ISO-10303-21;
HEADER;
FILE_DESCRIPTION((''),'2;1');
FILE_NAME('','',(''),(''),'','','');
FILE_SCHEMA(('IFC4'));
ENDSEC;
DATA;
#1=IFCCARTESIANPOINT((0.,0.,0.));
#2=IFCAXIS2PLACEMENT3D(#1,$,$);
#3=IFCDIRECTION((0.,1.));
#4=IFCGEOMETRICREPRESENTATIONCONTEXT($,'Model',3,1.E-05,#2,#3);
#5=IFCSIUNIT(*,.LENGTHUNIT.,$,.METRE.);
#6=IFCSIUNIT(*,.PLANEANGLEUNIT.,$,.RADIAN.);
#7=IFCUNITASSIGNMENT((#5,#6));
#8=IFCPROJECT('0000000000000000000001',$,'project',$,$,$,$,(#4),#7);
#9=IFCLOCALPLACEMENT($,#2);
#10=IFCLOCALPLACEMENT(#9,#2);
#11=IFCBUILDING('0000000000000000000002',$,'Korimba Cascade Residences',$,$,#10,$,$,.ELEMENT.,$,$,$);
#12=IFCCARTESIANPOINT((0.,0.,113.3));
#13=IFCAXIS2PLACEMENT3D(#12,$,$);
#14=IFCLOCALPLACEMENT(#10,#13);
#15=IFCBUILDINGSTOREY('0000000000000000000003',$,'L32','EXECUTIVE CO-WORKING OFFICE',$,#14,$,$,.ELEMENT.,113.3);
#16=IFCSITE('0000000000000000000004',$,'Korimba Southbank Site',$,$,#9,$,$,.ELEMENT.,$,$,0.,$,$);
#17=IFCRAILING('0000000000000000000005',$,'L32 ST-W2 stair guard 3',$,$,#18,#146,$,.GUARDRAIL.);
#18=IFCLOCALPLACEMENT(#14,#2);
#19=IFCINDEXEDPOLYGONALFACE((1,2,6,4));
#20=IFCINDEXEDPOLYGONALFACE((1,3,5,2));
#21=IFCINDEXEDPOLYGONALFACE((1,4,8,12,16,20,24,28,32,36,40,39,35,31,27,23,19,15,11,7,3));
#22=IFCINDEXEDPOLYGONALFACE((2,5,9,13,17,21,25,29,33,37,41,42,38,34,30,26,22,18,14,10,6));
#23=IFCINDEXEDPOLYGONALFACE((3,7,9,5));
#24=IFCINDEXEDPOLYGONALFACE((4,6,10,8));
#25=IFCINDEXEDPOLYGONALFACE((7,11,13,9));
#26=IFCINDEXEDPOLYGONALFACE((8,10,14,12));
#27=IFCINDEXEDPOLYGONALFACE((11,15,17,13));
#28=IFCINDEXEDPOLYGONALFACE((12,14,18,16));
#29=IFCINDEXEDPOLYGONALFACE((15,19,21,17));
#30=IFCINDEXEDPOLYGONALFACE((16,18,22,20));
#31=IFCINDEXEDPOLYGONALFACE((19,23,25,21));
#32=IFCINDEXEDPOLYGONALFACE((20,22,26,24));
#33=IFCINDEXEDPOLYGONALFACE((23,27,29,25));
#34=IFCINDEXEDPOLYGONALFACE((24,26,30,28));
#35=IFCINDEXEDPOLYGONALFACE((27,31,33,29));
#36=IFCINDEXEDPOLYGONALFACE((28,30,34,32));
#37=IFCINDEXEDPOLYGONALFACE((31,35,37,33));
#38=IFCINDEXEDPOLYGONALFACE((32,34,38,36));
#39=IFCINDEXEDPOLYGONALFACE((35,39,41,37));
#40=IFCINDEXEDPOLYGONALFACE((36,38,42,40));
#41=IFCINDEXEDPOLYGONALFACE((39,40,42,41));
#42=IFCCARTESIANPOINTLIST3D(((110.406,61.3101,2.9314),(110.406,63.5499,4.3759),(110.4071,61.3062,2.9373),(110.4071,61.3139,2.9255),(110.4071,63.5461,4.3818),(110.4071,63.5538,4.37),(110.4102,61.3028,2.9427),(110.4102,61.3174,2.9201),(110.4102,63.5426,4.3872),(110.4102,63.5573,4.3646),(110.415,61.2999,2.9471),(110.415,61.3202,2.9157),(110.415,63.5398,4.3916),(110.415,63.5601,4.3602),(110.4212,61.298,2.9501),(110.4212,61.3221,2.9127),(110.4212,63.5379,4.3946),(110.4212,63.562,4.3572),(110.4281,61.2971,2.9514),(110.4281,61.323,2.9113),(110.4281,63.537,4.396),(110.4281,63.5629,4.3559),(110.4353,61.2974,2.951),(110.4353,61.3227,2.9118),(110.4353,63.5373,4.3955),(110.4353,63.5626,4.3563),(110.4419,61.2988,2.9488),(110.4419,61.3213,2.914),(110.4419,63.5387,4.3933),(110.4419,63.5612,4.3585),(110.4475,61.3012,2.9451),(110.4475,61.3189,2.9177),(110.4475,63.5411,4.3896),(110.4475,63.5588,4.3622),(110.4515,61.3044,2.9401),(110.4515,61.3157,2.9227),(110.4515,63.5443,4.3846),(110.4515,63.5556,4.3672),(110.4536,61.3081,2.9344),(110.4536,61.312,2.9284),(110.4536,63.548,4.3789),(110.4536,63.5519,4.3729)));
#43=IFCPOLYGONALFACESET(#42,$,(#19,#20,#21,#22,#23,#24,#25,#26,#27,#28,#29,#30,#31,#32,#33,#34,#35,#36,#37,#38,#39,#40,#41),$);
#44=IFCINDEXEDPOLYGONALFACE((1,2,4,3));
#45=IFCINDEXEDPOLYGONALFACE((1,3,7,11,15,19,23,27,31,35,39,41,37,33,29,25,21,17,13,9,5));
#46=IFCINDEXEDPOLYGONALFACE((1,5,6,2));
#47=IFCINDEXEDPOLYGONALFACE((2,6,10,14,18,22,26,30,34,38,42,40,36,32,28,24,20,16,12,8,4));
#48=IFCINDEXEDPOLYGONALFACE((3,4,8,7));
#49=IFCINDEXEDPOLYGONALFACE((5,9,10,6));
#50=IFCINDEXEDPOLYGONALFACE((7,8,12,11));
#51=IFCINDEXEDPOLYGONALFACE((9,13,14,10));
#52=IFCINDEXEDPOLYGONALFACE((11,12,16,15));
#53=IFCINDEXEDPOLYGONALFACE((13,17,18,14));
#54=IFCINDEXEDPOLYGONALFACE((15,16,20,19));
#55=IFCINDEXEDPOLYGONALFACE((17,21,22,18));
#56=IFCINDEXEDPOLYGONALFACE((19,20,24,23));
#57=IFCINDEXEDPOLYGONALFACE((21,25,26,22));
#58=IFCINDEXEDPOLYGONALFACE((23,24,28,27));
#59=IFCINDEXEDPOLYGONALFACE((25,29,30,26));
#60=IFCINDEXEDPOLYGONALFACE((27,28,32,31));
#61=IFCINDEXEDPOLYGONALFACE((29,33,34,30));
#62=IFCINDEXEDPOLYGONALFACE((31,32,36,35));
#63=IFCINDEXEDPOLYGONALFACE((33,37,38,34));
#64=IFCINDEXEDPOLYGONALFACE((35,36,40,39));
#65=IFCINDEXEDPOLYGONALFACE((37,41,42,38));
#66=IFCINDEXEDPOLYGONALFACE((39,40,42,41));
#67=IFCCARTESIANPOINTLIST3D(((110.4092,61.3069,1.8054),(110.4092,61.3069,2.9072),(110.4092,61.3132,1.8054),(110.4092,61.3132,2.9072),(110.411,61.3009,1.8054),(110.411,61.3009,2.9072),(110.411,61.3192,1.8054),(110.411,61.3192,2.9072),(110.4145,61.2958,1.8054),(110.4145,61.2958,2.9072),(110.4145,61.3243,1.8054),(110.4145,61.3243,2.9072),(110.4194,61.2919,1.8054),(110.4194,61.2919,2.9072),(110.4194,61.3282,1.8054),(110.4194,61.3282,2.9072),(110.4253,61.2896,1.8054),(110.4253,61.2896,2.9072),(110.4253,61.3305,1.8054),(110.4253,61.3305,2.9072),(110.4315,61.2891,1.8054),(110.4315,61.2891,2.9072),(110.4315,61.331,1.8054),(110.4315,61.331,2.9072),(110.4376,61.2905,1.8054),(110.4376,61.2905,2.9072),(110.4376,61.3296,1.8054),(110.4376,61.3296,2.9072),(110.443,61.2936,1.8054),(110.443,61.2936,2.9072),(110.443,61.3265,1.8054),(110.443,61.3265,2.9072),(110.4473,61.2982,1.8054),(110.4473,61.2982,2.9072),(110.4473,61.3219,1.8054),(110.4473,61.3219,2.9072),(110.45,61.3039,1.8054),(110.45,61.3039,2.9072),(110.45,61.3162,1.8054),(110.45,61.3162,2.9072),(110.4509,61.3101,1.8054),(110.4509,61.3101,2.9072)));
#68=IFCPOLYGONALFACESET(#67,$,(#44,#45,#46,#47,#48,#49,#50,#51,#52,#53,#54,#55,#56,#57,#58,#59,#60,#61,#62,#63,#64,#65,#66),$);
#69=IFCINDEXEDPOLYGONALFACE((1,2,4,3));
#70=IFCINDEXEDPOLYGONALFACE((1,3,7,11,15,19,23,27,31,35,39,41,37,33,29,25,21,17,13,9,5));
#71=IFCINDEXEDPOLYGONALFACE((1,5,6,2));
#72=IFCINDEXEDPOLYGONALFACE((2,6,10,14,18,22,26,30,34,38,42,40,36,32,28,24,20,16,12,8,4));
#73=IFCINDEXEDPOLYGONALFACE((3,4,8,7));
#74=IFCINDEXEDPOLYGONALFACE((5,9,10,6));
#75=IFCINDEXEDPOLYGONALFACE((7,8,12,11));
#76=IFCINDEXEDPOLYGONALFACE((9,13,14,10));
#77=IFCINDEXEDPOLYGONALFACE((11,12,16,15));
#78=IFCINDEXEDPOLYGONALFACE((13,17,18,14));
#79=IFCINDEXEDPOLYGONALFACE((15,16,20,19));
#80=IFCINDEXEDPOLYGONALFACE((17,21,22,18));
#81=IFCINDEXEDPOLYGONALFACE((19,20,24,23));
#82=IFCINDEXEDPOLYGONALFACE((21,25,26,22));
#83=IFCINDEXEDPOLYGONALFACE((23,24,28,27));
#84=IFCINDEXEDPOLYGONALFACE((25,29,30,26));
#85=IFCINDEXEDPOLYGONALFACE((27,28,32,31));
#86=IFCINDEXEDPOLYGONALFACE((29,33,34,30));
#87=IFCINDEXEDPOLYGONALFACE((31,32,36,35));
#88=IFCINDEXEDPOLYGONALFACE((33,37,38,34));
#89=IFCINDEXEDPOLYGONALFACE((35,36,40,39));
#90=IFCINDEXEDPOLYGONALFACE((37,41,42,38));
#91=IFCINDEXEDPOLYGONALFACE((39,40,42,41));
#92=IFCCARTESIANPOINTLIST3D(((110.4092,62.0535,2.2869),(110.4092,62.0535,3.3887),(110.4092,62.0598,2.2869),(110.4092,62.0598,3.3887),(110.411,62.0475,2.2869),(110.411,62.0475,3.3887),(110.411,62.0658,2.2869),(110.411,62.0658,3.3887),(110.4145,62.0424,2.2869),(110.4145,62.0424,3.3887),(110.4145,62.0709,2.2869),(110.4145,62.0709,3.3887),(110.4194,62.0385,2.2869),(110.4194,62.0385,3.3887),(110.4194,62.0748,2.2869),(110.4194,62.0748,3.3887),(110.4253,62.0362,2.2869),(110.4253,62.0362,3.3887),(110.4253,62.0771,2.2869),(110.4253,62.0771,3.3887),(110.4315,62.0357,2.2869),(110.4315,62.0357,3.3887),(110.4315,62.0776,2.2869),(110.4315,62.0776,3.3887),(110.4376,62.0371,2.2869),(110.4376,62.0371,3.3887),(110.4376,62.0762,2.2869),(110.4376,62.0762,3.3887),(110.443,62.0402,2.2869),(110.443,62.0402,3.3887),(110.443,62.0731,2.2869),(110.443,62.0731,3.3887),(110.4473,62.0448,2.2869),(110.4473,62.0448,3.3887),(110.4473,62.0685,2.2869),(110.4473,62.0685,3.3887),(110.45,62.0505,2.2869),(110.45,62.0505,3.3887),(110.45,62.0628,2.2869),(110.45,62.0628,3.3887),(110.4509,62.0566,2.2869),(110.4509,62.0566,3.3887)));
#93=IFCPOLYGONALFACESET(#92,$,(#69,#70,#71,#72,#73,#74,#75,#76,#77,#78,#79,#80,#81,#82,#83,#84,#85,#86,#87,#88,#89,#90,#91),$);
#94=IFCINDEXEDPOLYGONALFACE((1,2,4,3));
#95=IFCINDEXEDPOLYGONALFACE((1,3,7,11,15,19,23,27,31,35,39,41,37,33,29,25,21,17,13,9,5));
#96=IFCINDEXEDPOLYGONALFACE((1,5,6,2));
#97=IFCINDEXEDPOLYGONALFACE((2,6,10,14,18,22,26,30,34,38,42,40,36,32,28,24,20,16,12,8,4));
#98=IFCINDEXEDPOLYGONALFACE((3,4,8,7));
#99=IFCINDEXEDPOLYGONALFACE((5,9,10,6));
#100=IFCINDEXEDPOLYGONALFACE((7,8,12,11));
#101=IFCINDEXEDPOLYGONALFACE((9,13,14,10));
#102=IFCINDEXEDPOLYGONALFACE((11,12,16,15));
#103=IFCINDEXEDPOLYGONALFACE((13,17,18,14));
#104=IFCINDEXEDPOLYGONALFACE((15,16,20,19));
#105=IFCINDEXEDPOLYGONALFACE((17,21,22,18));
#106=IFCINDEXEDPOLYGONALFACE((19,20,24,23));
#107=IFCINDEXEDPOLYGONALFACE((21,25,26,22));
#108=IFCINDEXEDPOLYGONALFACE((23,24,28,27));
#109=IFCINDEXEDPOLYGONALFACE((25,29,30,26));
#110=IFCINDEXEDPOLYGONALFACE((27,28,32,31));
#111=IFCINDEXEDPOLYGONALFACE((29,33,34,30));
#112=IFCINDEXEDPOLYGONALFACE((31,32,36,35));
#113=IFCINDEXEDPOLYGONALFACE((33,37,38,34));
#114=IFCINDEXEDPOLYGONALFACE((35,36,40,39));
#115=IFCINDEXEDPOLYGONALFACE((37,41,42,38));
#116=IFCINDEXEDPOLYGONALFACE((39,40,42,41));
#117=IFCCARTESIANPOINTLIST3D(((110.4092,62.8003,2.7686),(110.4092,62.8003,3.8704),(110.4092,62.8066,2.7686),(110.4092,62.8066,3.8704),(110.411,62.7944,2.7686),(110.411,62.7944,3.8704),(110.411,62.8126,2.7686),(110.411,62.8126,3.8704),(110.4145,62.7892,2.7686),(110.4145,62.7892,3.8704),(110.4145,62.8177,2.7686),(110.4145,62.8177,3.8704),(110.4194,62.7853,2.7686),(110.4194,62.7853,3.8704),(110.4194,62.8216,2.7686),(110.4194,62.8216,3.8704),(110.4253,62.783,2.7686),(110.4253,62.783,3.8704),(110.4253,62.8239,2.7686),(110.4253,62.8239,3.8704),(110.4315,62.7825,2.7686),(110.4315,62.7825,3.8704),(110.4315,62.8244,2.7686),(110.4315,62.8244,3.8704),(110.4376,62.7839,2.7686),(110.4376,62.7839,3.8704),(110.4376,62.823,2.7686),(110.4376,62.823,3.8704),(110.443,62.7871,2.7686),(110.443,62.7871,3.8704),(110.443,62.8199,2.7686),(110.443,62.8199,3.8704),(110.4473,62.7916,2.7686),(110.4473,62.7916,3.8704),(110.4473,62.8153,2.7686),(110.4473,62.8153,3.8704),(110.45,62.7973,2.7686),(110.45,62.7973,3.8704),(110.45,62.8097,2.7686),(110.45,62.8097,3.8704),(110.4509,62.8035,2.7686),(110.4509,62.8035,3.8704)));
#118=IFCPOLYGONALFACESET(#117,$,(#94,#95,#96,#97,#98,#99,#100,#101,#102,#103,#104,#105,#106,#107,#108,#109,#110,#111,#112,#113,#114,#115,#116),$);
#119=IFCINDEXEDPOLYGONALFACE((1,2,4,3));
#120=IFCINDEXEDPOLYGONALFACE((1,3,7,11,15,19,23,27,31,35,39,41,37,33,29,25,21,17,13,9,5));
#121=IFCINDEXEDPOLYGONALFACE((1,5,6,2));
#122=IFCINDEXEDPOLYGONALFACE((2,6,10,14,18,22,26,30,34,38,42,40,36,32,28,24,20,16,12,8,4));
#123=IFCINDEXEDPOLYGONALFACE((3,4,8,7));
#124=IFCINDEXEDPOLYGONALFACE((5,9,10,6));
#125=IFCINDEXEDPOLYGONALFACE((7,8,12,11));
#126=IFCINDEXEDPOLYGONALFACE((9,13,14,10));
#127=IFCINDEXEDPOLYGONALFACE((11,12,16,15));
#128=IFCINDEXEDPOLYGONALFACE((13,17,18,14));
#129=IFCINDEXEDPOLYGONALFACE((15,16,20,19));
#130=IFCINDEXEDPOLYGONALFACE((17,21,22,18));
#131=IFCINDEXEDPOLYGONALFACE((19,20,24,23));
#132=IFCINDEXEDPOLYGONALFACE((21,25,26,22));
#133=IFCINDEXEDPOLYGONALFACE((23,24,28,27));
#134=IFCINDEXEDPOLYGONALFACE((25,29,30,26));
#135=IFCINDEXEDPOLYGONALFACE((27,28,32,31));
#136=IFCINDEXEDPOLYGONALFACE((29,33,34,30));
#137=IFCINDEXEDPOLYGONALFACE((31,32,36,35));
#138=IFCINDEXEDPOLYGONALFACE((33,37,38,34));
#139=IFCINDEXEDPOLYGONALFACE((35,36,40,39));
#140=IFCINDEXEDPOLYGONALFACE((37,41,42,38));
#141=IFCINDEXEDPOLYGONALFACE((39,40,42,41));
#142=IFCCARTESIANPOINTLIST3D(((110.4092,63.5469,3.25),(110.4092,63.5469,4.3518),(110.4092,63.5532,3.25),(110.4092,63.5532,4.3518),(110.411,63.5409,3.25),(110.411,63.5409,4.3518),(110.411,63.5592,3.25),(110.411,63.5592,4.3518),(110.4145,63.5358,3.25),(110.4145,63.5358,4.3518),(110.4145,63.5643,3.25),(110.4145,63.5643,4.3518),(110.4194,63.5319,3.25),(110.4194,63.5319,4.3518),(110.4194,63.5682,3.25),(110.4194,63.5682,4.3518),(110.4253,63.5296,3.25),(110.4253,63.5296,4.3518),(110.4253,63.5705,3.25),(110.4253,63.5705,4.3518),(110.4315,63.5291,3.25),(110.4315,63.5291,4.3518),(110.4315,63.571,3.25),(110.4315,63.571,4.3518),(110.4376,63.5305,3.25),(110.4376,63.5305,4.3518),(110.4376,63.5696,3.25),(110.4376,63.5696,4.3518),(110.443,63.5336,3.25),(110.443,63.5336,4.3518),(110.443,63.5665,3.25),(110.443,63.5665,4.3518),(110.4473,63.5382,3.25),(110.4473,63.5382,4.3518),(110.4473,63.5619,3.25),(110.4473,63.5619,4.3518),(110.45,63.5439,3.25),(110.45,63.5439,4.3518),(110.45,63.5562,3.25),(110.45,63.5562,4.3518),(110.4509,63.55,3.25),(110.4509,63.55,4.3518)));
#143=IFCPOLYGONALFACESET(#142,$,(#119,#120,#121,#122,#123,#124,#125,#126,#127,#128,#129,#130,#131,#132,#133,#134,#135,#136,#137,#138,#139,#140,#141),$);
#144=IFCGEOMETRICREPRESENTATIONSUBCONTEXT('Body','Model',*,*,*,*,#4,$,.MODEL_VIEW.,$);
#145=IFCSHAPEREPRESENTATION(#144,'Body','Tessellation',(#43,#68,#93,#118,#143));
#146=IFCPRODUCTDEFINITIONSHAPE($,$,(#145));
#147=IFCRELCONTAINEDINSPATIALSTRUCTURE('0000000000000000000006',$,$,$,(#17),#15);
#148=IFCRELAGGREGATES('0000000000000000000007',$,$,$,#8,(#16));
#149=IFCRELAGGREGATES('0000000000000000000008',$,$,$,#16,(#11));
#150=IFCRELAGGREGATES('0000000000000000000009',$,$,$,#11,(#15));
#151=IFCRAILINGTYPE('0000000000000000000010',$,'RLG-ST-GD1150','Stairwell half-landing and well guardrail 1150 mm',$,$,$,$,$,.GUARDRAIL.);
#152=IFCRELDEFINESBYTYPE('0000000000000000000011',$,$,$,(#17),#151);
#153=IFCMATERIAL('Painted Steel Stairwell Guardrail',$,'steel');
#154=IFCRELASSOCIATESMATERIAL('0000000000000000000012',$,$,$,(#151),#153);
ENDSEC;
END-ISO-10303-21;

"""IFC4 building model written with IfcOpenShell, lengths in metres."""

from ifc_helpers import new_model, si_unit, direction, frame, origin, origin_2d, place, context, subcontext, project, spatial, circle, extrude, material, type_object, element, save


model = new_model("IFC4")

# Units and contexts
model_context = context("Model", 3, precision=1e-05, world=origin(), true_north=direction((0.0, 1.0)))
body_context = subcontext(model_context, "Body", "Model", "MODEL_VIEW")
ifc_project = project(units=[si_unit("LENGTHUNIT", "METRE"), si_unit("PLANEANGLEUNIT", "RADIAN")], contexts=[model_context])

# Site, building, storey
site_placement = place(None, origin())
site = spatial("IfcSite", under=ifc_project, at=site_placement, Name="Korimba Southbank Site", CompositionType="ELEMENT", RefElevation=0.0)
building_placement = place(site_placement, origin())
building = spatial("IfcBuilding", under=site, at=building_placement, Name="Korimba Cascade Residences", CompositionType="ELEMENT")
storey_placement = place(building_placement, frame((0.0, 0.0, 113.3)))
storey = spatial("IfcBuildingStorey", under=building, at=storey_placement, Name="L32", Description="EXECUTIVE CO-WORKING OFFICE", CompositionType="ELEMENT", Elevation=113.3)

# Railing
ifc_material_1 = material(Name="Painted Steel Stairwell Guardrail", Category="steel")
railing_type_1 = type_object("IfcRailingType", Name="RLG-ST-GD1150", Description="Stairwell half-landing and well guardrail 1150 mm", PredefinedType="GUARDRAIL", material=ifc_material_1)
railing_1_placement = place(storey_placement, frame((110.4299, 61.3101, 1.8054)))
element("IfcRailing", 1, at=railing_1_placement, inside=storey, type_object=railing_type_1, Name="L32 ST-W2 stair guard 3", PredefinedType="GUARDRAIL", context=body_context, shape_type="SweptSolid", body=[
    extrude(circle(Radius=0.0239, at=origin_2d()), frame((0.0, 0.0, 1.126), z_axis=(0.0, 0.840395, 0.541975), x_axis=(-1.0, 0.0, 0.0)), (0.0, 0.0, 1.0), 2.6653),
    extrude(circle(Radius=0.021, at=origin_2d()), origin(), (0.0, 0.0, 1.0), 1.1018),
    extrude(circle(Radius=0.021, at=origin_2d()), frame((0.0, 0.7466, 0.4814)), (0.0, 0.0, 1.0), 1.1018),
    extrude(circle(Radius=0.021, at=origin_2d()), frame((0.0, 1.4934, 0.9631)), (0.0, 0.0, 1.0), 1.1018),
    extrude(circle(Radius=0.021, at=origin_2d()), frame((0.0, 2.24, 1.4446)), (0.0, 0.0, 1.0), 1.1018),
])

save(model, "model.ifc")
